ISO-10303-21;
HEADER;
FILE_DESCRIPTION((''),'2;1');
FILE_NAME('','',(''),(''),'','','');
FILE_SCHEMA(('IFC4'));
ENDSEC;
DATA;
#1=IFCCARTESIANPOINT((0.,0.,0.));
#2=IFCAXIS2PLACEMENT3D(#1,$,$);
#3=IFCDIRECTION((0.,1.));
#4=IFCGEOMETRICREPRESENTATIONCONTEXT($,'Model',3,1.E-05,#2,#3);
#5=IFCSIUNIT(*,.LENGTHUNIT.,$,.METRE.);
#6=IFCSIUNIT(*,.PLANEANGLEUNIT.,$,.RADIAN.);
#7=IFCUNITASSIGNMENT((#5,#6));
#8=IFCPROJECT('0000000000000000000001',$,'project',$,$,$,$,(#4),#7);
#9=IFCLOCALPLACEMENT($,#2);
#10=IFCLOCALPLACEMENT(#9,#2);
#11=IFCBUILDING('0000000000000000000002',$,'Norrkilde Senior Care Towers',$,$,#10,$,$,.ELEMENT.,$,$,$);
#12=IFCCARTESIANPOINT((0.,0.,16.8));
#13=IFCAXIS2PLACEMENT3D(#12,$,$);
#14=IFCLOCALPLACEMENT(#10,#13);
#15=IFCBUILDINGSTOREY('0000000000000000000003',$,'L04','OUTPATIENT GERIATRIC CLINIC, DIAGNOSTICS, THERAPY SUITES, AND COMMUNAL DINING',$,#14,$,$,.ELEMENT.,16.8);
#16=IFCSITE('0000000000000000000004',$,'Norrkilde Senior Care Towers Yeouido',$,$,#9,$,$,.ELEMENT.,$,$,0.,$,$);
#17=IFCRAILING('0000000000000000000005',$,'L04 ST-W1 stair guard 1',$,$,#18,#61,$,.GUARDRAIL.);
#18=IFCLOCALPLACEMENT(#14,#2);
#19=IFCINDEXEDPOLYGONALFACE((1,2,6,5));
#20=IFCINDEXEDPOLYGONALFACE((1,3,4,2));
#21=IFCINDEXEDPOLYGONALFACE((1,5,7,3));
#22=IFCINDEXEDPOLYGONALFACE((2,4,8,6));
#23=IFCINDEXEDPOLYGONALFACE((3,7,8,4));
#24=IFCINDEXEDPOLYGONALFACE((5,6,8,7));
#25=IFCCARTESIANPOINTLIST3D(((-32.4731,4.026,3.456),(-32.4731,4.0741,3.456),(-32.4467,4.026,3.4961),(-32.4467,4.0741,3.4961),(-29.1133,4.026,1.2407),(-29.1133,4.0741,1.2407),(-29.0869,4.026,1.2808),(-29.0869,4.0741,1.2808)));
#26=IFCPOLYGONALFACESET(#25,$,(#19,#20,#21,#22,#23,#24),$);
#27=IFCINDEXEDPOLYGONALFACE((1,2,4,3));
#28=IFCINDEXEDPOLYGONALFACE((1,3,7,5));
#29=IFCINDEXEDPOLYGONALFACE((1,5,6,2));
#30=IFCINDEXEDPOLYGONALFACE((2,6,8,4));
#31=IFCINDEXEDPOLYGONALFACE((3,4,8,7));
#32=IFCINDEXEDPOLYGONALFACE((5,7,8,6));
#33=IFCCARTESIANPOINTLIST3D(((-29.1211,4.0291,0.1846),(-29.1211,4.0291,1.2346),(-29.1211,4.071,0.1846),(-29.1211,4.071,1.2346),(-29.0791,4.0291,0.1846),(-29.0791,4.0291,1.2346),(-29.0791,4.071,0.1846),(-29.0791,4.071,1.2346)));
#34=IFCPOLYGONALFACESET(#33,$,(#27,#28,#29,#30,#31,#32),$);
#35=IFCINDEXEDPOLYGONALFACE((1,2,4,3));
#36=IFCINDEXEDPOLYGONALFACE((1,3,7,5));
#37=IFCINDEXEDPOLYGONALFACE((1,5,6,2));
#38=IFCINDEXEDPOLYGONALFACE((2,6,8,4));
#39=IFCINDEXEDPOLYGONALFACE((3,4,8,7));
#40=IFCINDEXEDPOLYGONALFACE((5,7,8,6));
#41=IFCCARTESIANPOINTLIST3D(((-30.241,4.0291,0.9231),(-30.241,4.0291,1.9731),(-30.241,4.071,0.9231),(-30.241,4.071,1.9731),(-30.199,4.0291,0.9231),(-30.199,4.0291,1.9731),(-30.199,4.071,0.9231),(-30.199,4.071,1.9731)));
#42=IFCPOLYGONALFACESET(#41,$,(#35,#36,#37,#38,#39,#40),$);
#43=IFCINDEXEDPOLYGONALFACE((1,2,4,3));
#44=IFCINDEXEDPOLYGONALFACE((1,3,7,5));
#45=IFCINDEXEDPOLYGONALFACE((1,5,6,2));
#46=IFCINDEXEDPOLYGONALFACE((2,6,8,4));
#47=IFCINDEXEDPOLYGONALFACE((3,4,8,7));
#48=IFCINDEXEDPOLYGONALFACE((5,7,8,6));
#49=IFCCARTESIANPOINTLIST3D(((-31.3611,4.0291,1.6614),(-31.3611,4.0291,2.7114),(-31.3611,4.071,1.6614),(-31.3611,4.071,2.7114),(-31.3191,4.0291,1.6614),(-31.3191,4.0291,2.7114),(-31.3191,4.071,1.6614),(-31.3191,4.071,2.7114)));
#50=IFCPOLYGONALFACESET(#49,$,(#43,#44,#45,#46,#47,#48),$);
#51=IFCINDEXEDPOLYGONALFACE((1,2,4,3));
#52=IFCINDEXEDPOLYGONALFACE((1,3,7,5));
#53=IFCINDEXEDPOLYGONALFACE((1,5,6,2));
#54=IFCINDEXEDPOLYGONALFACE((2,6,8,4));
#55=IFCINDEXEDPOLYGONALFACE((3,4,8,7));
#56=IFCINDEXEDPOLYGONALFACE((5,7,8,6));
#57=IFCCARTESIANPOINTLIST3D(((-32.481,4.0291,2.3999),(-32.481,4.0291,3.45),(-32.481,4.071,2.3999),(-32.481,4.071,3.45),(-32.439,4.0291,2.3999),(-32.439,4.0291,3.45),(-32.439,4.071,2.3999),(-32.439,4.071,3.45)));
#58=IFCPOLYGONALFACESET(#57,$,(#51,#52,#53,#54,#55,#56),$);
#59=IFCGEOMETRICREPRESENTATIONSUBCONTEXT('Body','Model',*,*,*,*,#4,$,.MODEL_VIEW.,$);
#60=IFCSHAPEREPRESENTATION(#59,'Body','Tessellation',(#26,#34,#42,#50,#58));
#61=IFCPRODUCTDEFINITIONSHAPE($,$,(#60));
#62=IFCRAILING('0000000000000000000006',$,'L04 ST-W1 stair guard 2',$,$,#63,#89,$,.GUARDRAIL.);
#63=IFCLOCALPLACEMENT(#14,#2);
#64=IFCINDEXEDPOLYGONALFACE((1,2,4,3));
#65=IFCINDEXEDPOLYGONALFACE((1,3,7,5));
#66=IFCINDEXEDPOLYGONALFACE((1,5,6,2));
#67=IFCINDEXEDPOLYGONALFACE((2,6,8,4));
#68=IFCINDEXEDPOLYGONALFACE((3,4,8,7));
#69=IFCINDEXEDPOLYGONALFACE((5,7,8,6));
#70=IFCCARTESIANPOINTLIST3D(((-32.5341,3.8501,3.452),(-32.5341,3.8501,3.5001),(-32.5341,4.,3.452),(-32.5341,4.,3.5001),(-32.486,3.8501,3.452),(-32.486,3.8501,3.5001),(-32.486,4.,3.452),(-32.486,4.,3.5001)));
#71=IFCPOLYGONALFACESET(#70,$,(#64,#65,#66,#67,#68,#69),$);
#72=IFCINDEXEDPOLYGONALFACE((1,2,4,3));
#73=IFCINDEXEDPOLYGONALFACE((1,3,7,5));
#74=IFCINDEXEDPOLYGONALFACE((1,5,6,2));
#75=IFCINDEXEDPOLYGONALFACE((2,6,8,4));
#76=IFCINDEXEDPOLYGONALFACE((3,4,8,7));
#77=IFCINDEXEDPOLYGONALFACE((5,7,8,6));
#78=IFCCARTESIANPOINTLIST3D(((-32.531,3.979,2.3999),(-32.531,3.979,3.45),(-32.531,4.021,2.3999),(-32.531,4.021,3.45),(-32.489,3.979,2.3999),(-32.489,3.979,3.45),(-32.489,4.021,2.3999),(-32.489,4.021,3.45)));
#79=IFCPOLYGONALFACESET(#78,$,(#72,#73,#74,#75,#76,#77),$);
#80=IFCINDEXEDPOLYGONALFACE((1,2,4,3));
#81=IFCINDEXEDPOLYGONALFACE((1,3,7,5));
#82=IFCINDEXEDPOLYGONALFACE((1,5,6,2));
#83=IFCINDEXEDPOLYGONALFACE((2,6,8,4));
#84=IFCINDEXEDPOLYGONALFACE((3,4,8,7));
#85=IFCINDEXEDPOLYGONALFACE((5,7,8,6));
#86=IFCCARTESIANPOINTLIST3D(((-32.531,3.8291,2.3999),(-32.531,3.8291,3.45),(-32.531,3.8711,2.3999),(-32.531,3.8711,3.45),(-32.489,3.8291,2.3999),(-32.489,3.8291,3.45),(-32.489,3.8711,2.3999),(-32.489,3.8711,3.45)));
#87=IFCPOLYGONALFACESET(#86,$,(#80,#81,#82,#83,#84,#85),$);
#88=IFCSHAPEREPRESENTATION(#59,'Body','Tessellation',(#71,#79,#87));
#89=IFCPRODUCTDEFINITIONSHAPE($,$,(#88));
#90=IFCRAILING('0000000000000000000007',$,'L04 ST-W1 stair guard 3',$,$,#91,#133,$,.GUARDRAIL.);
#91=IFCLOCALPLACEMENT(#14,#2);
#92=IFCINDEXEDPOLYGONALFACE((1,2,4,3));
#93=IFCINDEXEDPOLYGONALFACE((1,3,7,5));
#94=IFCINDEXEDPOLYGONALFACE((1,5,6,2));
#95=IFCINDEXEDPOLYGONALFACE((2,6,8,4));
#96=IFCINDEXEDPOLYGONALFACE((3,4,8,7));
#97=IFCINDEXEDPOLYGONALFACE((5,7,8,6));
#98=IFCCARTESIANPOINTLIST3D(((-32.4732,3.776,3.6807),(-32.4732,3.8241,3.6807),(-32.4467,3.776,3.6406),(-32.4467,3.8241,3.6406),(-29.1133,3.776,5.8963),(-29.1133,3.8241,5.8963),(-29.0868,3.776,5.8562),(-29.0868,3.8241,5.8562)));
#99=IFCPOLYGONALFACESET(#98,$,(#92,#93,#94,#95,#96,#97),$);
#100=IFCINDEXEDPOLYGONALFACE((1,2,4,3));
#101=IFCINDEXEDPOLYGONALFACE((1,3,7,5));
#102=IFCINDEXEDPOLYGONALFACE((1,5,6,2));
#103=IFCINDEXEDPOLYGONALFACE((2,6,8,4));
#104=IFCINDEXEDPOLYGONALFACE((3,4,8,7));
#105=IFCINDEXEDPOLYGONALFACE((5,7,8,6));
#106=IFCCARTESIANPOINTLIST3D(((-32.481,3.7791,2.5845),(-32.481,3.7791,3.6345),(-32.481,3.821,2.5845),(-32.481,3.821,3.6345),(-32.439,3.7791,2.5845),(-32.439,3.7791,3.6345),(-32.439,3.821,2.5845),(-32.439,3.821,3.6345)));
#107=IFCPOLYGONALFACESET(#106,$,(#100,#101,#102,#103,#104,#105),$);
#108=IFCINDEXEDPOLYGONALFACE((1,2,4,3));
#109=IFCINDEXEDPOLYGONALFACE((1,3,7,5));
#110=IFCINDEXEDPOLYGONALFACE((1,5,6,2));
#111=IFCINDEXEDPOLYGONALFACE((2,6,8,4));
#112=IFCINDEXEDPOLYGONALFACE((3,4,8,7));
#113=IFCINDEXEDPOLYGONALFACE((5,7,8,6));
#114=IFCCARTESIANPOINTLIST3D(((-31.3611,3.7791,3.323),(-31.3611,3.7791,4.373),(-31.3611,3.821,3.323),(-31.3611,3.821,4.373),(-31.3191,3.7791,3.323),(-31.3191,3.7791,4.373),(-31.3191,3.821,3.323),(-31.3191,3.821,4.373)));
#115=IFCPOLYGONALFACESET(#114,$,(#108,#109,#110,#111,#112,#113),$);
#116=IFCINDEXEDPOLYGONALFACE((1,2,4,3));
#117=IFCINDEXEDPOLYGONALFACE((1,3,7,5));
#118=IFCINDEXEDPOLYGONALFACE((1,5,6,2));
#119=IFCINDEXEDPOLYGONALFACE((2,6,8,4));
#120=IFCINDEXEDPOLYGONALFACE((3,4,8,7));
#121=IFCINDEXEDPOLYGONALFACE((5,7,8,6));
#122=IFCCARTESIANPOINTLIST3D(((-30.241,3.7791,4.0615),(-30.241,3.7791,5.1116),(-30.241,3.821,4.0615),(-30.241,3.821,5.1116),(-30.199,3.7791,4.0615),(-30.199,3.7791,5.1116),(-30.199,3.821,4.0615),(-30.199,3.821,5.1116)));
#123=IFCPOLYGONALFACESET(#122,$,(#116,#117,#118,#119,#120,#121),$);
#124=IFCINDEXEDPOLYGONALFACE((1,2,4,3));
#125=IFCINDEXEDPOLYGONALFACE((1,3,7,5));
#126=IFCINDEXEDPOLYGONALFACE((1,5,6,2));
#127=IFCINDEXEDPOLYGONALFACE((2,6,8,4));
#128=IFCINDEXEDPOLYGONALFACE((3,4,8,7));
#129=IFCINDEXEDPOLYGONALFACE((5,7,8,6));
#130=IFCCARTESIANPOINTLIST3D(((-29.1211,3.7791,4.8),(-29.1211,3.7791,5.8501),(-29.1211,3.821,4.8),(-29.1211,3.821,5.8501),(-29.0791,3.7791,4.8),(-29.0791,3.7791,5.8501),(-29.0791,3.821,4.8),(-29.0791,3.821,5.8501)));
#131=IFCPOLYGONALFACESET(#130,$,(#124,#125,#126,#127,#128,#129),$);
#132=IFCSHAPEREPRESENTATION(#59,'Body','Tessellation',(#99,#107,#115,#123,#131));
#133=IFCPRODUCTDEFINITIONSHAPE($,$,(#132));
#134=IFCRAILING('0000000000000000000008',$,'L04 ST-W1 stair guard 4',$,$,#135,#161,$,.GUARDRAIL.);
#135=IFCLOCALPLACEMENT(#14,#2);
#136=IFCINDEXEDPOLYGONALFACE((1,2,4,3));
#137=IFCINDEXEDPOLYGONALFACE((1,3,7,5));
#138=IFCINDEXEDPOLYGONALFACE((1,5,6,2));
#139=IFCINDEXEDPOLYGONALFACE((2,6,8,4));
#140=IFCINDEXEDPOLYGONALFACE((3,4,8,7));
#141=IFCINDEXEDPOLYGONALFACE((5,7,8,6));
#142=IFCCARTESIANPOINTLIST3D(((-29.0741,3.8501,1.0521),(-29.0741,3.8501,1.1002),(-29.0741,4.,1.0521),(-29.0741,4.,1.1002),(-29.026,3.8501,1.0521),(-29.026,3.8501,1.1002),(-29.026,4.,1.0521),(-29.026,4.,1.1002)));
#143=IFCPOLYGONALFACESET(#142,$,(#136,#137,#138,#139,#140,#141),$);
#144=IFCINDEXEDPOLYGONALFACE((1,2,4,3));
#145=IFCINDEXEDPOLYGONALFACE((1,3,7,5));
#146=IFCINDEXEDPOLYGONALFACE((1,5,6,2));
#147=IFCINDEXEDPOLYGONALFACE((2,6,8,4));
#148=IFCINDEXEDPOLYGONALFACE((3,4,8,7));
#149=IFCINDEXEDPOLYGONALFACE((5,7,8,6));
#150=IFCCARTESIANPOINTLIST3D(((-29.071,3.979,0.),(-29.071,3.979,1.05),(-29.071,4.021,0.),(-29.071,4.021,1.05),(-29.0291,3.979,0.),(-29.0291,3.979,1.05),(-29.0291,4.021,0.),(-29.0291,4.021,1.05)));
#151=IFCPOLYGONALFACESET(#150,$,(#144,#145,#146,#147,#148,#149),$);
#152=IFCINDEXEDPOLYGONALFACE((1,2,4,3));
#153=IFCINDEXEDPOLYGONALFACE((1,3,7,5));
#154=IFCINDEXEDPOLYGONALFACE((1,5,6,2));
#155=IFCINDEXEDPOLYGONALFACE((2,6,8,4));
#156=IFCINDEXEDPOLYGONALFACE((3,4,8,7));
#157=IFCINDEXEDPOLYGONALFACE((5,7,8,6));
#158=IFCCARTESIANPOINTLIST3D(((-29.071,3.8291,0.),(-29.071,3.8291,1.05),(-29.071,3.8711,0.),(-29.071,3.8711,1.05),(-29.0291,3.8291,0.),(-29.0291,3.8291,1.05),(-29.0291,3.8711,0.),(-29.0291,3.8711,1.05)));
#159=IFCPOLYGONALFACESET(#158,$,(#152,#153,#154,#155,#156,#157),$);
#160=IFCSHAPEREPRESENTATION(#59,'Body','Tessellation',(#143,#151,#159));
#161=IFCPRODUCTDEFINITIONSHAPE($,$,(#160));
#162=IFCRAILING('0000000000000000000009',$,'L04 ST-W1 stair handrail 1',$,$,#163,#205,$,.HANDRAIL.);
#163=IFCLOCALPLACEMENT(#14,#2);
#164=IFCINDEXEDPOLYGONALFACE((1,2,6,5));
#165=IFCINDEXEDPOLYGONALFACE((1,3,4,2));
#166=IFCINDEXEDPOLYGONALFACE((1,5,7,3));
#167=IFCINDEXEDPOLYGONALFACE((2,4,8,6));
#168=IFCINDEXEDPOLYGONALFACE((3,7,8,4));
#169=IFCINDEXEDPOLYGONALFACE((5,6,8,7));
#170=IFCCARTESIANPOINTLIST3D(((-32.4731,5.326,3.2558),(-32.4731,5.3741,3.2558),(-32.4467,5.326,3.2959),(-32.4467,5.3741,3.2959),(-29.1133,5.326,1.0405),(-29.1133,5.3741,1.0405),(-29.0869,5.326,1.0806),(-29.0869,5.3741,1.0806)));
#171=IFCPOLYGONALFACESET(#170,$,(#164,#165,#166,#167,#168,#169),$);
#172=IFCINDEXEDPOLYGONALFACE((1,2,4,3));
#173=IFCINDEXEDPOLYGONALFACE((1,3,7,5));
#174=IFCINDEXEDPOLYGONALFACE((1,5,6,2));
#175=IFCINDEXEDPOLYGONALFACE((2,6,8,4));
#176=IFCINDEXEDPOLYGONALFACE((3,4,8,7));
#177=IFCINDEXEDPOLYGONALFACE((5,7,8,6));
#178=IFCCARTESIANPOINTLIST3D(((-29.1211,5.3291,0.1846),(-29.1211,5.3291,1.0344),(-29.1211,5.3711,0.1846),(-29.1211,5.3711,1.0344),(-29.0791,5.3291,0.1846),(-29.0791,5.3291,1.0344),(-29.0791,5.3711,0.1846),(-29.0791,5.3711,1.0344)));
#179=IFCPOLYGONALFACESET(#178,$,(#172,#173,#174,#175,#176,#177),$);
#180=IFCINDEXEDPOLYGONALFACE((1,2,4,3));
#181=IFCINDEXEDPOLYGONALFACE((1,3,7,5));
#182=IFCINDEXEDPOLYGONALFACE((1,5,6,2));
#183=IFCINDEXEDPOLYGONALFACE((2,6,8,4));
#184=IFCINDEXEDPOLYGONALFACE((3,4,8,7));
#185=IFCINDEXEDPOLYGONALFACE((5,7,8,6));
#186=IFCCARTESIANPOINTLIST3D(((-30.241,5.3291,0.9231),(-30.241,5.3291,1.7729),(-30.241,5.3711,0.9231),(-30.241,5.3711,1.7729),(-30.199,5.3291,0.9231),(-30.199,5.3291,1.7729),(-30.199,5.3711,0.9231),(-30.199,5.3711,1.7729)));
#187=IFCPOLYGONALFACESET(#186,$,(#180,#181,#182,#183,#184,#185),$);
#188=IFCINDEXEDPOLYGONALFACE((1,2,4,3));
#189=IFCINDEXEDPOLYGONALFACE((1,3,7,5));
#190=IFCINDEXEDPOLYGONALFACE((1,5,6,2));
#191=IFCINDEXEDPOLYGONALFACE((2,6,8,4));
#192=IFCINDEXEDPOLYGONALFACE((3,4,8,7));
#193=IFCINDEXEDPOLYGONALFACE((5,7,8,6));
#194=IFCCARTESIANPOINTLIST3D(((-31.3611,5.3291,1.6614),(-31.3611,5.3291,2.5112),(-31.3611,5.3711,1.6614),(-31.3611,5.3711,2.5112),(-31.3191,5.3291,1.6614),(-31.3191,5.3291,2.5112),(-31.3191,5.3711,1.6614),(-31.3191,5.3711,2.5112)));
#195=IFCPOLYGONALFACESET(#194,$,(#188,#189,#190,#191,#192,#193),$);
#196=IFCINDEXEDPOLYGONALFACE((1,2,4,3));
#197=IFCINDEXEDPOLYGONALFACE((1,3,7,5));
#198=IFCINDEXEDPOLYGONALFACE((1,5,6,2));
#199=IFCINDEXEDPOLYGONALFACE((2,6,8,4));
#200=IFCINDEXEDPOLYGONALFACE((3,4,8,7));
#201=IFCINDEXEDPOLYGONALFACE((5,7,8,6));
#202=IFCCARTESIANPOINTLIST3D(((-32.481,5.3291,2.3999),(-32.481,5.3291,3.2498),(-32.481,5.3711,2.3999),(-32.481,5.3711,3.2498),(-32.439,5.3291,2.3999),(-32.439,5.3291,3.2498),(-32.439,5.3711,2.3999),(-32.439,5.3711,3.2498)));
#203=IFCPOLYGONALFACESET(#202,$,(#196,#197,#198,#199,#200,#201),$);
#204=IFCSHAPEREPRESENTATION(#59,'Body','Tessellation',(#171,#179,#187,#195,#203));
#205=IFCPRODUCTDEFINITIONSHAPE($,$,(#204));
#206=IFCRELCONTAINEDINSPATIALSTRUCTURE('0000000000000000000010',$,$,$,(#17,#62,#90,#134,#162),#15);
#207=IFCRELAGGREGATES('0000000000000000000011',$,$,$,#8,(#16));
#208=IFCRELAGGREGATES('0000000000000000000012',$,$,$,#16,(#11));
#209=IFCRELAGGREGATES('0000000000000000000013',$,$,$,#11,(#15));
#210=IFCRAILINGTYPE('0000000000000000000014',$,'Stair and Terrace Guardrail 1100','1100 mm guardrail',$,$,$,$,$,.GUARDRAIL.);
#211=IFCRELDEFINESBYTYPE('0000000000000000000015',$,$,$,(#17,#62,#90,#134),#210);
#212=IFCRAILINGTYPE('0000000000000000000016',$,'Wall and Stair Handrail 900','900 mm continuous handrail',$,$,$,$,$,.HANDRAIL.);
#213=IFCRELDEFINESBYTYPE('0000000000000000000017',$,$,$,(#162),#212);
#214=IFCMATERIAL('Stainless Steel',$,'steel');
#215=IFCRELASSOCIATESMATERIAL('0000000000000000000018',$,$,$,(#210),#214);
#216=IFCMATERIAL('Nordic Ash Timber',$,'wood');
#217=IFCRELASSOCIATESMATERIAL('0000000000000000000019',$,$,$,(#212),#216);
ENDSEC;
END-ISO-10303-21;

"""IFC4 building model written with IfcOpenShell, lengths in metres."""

from ifc_helpers import new_model, si_unit, direction, frame, origin, origin_2d, place, context, subcontext, project, spatial, rectangle, extrude, material, type_object, element, save


model = new_model("IFC4")

# Units and contexts
model_context = context("Model", 3, precision=1e-05, world=origin(), true_north=direction((0.0, 1.0)))
body_context = subcontext(model_context, "Body", "Model", "MODEL_VIEW")
ifc_project = project(units=[si_unit("LENGTHUNIT", "METRE"), si_unit("PLANEANGLEUNIT", "RADIAN")], contexts=[model_context])

# Site, building, storey
site_placement = place(None, origin())
site = spatial("IfcSite", under=ifc_project, at=site_placement, Name="Norrkilde Senior Care Towers Yeouido", CompositionType="ELEMENT", RefElevation=0.0)
building_placement = place(site_placement, origin())
building = spatial("IfcBuilding", under=site, at=building_placement, Name="Norrkilde Senior Care Towers", CompositionType="ELEMENT")
storey_placement = place(building_placement, frame((0.0, 0.0, 16.8)))
storey = spatial("IfcBuildingStorey", under=building, at=storey_placement, Name="L04", Description="OUTPATIENT GERIATRIC CLINIC, DIAGNOSTICS, THERAPY SUITES, AND COMMUNAL DINING", CompositionType="ELEMENT", Elevation=16.8)

# Shared definitions
ifc_material_1 = material(Name="Stainless Steel", Category="steel")

# Railings
railing_type_1 = type_object("IfcRailingType", Name="Stair and Terrace Guardrail 1100", Description="1100 mm guardrail", PredefinedType="GUARDRAIL", material=ifc_material_1)
railing_1_placement = place(storey_placement, frame((-29.1001, 4.05, 0.1846)))
element("IfcRailing", 1, at=railing_1_placement, inside=storey, type_object=railing_type_1, Name="L04 ST-W1 stair guard 1", PredefinedType="GUARDRAIL", context=body_context, shape_type="SweptSolid", body=[
    extrude(rectangle(XDim=0.0481, YDim=0.0481, at=origin_2d()), frame((0.0, 0.0, 1.0762), z_axis=(-0.834858, 0.0, 0.550465), x_axis=(0.0, -1.0, 0.0)), (0.0, 0.0, 1.0), 4.0244),
    extrude(rectangle(XDim=0.042, YDim=0.042, at=origin_2d()), origin(), (0.0, 0.0, 1.0), 1.05),
    extrude(rectangle(XDim=0.042, YDim=0.042, at=origin_2d()), frame((-1.1199, 0.0, 0.7385)), (0.0, 0.0, 1.0), 1.05),
    extrude(rectangle(XDim=0.042, YDim=0.042, at=origin_2d()), frame((-2.24, 0.0, 1.4768)), (0.0, 0.0, 1.0), 1.05),
    extrude(rectangle(XDim=0.042, YDim=0.042, at=origin_2d()), frame((-3.3599, 0.0, 2.2153)), (0.0, 0.0, 1.0), 1.05),
])
railing_2_placement = place(storey_placement, frame((-32.51, 4.0, 2.3999)))
element("IfcRailing", 2, at=railing_2_placement, inside=storey, type_object=railing_type_1, Name="L04 ST-W1 stair guard 2", PredefinedType="GUARDRAIL", context=body_context, shape_type="SweptSolid", body=[
    extrude(rectangle(XDim=0.0481, YDim=0.0481, at=origin_2d()), frame((0.0, 0.0, 1.0762), z_axis=(0.0, -1.0, 0.0), x_axis=(1.0, 0.0, 0.0)), (0.0, 0.0, 1.0), 0.1499),
    extrude(rectangle(XDim=0.042, YDim=0.042, at=origin_2d()), origin(), (0.0, 0.0, 1.0), 1.05),
    extrude(rectangle(XDim=0.042, YDim=0.042, at=origin_2d()), frame((0.0, -0.1499, 0.0)), (0.0, 0.0, 1.0), 1.05),
])
railing_3_placement = place(storey_placement, frame((-32.46, 3.8, 2.5845)))
element("IfcRailing", 3, at=railing_3_placement, inside=storey, type_object=railing_type_1, Name="L04 ST-W1 stair guard 3", PredefinedType="GUARDRAIL", context=body_context, shape_type="SweptSolid", body=[
    extrude(rectangle(XDim=0.0481, YDim=0.0481, at=origin_2d()), frame((0.0, 0.0, 1.0762), z_axis=(0.83483, 0.0, 0.550508), x_axis=(0.0, 1.0, 0.0)), (0.0, 0.0, 1.0), 4.0247),
    extrude(rectangle(XDim=0.042, YDim=0.042, at=origin_2d()), origin(), (0.0, 0.0, 1.0), 1.05),
    extrude(rectangle(XDim=0.042, YDim=0.042, at=origin_2d()), frame((1.1199, 0.0, 0.7385)), (0.0, 0.0, 1.0), 1.05),
    extrude(rectangle(XDim=0.042, YDim=0.042, at=origin_2d()), frame((2.24, 0.0, 1.4771)), (0.0, 0.0, 1.0), 1.05),
    extrude(rectangle(XDim=0.042, YDim=0.042, at=origin_2d()), frame((3.3599, 0.0, 2.2156)), (0.0, 0.0, 1.0), 1.05),
])
railing_4_placement = place(storey_placement, frame((-29.05, 4.0, 0.0)))
element("IfcRailing", 4, at=railing_4_placement, inside=storey, type_object=railing_type_1, Name="L04 ST-W1 stair guard 4", PredefinedType="GUARDRAIL", context=body_context, shape_type="SweptSolid", body=[
    extrude(rectangle(XDim=0.0481, YDim=0.0481, at=origin_2d()), frame((0.0, 0.0, 1.0762), z_axis=(0.0, -1.0, 0.0), x_axis=(1.0, 0.0, 0.0)), (0.0, 0.0, 1.0), 0.1499),
    extrude(rectangle(XDim=0.042, YDim=0.042, at=origin_2d()), origin(), (0.0, 0.0, 1.0), 1.05),
    extrude(rectangle(XDim=0.042, YDim=0.042, at=origin_2d()), frame((0.0, -0.1499, 0.0)), (0.0, 0.0, 1.0), 1.05),
])
ifc_material_2 = material(Name="Nordic Ash Timber", Category="wood")
railing_type_2 = type_object("IfcRailingType", Name="Wall and Stair Handrail 900", Description="900 mm continuous handrail", PredefinedType="HANDRAIL", material=ifc_material_2)
railing_5_placement = place(storey_placement, frame((-29.1001, 5.3501, 0.1846)))
element("IfcRailing", 5, at=railing_5_placement, inside=storey, type_object=railing_type_2, Name="L04 ST-W1 stair handrail 1", PredefinedType="HANDRAIL", context=body_context, shape_type="SweptSolid", body=[
    extrude(rectangle(XDim=0.0481, YDim=0.0481, at=origin_2d()), frame((0.0, 0.0, 0.876), z_axis=(-0.834858, 0.0, 0.550465), x_axis=(0.0, -1.0, 0.0)), (0.0, 0.0, 1.0), 4.0244),
    extrude(rectangle(XDim=0.042, YDim=0.042, at=origin_2d()), origin(), (0.0, 0.0, 1.0), 0.8499),
    extrude(rectangle(XDim=0.042, YDim=0.042, at=origin_2d()), frame((-1.1199, 0.0, 0.7385)), (0.0, 0.0, 1.0), 0.8499),
    extrude(rectangle(XDim=0.042, YDim=0.042, at=origin_2d()), frame((-2.24, 0.0, 1.4768)), (0.0, 0.0, 1.0), 0.8499),
    extrude(rectangle(XDim=0.042, YDim=0.042, at=origin_2d()), frame((-3.3599, 0.0, 2.2153)), (0.0, 0.0, 1.0), 0.8499),
])

save(model, "model.ifc")
